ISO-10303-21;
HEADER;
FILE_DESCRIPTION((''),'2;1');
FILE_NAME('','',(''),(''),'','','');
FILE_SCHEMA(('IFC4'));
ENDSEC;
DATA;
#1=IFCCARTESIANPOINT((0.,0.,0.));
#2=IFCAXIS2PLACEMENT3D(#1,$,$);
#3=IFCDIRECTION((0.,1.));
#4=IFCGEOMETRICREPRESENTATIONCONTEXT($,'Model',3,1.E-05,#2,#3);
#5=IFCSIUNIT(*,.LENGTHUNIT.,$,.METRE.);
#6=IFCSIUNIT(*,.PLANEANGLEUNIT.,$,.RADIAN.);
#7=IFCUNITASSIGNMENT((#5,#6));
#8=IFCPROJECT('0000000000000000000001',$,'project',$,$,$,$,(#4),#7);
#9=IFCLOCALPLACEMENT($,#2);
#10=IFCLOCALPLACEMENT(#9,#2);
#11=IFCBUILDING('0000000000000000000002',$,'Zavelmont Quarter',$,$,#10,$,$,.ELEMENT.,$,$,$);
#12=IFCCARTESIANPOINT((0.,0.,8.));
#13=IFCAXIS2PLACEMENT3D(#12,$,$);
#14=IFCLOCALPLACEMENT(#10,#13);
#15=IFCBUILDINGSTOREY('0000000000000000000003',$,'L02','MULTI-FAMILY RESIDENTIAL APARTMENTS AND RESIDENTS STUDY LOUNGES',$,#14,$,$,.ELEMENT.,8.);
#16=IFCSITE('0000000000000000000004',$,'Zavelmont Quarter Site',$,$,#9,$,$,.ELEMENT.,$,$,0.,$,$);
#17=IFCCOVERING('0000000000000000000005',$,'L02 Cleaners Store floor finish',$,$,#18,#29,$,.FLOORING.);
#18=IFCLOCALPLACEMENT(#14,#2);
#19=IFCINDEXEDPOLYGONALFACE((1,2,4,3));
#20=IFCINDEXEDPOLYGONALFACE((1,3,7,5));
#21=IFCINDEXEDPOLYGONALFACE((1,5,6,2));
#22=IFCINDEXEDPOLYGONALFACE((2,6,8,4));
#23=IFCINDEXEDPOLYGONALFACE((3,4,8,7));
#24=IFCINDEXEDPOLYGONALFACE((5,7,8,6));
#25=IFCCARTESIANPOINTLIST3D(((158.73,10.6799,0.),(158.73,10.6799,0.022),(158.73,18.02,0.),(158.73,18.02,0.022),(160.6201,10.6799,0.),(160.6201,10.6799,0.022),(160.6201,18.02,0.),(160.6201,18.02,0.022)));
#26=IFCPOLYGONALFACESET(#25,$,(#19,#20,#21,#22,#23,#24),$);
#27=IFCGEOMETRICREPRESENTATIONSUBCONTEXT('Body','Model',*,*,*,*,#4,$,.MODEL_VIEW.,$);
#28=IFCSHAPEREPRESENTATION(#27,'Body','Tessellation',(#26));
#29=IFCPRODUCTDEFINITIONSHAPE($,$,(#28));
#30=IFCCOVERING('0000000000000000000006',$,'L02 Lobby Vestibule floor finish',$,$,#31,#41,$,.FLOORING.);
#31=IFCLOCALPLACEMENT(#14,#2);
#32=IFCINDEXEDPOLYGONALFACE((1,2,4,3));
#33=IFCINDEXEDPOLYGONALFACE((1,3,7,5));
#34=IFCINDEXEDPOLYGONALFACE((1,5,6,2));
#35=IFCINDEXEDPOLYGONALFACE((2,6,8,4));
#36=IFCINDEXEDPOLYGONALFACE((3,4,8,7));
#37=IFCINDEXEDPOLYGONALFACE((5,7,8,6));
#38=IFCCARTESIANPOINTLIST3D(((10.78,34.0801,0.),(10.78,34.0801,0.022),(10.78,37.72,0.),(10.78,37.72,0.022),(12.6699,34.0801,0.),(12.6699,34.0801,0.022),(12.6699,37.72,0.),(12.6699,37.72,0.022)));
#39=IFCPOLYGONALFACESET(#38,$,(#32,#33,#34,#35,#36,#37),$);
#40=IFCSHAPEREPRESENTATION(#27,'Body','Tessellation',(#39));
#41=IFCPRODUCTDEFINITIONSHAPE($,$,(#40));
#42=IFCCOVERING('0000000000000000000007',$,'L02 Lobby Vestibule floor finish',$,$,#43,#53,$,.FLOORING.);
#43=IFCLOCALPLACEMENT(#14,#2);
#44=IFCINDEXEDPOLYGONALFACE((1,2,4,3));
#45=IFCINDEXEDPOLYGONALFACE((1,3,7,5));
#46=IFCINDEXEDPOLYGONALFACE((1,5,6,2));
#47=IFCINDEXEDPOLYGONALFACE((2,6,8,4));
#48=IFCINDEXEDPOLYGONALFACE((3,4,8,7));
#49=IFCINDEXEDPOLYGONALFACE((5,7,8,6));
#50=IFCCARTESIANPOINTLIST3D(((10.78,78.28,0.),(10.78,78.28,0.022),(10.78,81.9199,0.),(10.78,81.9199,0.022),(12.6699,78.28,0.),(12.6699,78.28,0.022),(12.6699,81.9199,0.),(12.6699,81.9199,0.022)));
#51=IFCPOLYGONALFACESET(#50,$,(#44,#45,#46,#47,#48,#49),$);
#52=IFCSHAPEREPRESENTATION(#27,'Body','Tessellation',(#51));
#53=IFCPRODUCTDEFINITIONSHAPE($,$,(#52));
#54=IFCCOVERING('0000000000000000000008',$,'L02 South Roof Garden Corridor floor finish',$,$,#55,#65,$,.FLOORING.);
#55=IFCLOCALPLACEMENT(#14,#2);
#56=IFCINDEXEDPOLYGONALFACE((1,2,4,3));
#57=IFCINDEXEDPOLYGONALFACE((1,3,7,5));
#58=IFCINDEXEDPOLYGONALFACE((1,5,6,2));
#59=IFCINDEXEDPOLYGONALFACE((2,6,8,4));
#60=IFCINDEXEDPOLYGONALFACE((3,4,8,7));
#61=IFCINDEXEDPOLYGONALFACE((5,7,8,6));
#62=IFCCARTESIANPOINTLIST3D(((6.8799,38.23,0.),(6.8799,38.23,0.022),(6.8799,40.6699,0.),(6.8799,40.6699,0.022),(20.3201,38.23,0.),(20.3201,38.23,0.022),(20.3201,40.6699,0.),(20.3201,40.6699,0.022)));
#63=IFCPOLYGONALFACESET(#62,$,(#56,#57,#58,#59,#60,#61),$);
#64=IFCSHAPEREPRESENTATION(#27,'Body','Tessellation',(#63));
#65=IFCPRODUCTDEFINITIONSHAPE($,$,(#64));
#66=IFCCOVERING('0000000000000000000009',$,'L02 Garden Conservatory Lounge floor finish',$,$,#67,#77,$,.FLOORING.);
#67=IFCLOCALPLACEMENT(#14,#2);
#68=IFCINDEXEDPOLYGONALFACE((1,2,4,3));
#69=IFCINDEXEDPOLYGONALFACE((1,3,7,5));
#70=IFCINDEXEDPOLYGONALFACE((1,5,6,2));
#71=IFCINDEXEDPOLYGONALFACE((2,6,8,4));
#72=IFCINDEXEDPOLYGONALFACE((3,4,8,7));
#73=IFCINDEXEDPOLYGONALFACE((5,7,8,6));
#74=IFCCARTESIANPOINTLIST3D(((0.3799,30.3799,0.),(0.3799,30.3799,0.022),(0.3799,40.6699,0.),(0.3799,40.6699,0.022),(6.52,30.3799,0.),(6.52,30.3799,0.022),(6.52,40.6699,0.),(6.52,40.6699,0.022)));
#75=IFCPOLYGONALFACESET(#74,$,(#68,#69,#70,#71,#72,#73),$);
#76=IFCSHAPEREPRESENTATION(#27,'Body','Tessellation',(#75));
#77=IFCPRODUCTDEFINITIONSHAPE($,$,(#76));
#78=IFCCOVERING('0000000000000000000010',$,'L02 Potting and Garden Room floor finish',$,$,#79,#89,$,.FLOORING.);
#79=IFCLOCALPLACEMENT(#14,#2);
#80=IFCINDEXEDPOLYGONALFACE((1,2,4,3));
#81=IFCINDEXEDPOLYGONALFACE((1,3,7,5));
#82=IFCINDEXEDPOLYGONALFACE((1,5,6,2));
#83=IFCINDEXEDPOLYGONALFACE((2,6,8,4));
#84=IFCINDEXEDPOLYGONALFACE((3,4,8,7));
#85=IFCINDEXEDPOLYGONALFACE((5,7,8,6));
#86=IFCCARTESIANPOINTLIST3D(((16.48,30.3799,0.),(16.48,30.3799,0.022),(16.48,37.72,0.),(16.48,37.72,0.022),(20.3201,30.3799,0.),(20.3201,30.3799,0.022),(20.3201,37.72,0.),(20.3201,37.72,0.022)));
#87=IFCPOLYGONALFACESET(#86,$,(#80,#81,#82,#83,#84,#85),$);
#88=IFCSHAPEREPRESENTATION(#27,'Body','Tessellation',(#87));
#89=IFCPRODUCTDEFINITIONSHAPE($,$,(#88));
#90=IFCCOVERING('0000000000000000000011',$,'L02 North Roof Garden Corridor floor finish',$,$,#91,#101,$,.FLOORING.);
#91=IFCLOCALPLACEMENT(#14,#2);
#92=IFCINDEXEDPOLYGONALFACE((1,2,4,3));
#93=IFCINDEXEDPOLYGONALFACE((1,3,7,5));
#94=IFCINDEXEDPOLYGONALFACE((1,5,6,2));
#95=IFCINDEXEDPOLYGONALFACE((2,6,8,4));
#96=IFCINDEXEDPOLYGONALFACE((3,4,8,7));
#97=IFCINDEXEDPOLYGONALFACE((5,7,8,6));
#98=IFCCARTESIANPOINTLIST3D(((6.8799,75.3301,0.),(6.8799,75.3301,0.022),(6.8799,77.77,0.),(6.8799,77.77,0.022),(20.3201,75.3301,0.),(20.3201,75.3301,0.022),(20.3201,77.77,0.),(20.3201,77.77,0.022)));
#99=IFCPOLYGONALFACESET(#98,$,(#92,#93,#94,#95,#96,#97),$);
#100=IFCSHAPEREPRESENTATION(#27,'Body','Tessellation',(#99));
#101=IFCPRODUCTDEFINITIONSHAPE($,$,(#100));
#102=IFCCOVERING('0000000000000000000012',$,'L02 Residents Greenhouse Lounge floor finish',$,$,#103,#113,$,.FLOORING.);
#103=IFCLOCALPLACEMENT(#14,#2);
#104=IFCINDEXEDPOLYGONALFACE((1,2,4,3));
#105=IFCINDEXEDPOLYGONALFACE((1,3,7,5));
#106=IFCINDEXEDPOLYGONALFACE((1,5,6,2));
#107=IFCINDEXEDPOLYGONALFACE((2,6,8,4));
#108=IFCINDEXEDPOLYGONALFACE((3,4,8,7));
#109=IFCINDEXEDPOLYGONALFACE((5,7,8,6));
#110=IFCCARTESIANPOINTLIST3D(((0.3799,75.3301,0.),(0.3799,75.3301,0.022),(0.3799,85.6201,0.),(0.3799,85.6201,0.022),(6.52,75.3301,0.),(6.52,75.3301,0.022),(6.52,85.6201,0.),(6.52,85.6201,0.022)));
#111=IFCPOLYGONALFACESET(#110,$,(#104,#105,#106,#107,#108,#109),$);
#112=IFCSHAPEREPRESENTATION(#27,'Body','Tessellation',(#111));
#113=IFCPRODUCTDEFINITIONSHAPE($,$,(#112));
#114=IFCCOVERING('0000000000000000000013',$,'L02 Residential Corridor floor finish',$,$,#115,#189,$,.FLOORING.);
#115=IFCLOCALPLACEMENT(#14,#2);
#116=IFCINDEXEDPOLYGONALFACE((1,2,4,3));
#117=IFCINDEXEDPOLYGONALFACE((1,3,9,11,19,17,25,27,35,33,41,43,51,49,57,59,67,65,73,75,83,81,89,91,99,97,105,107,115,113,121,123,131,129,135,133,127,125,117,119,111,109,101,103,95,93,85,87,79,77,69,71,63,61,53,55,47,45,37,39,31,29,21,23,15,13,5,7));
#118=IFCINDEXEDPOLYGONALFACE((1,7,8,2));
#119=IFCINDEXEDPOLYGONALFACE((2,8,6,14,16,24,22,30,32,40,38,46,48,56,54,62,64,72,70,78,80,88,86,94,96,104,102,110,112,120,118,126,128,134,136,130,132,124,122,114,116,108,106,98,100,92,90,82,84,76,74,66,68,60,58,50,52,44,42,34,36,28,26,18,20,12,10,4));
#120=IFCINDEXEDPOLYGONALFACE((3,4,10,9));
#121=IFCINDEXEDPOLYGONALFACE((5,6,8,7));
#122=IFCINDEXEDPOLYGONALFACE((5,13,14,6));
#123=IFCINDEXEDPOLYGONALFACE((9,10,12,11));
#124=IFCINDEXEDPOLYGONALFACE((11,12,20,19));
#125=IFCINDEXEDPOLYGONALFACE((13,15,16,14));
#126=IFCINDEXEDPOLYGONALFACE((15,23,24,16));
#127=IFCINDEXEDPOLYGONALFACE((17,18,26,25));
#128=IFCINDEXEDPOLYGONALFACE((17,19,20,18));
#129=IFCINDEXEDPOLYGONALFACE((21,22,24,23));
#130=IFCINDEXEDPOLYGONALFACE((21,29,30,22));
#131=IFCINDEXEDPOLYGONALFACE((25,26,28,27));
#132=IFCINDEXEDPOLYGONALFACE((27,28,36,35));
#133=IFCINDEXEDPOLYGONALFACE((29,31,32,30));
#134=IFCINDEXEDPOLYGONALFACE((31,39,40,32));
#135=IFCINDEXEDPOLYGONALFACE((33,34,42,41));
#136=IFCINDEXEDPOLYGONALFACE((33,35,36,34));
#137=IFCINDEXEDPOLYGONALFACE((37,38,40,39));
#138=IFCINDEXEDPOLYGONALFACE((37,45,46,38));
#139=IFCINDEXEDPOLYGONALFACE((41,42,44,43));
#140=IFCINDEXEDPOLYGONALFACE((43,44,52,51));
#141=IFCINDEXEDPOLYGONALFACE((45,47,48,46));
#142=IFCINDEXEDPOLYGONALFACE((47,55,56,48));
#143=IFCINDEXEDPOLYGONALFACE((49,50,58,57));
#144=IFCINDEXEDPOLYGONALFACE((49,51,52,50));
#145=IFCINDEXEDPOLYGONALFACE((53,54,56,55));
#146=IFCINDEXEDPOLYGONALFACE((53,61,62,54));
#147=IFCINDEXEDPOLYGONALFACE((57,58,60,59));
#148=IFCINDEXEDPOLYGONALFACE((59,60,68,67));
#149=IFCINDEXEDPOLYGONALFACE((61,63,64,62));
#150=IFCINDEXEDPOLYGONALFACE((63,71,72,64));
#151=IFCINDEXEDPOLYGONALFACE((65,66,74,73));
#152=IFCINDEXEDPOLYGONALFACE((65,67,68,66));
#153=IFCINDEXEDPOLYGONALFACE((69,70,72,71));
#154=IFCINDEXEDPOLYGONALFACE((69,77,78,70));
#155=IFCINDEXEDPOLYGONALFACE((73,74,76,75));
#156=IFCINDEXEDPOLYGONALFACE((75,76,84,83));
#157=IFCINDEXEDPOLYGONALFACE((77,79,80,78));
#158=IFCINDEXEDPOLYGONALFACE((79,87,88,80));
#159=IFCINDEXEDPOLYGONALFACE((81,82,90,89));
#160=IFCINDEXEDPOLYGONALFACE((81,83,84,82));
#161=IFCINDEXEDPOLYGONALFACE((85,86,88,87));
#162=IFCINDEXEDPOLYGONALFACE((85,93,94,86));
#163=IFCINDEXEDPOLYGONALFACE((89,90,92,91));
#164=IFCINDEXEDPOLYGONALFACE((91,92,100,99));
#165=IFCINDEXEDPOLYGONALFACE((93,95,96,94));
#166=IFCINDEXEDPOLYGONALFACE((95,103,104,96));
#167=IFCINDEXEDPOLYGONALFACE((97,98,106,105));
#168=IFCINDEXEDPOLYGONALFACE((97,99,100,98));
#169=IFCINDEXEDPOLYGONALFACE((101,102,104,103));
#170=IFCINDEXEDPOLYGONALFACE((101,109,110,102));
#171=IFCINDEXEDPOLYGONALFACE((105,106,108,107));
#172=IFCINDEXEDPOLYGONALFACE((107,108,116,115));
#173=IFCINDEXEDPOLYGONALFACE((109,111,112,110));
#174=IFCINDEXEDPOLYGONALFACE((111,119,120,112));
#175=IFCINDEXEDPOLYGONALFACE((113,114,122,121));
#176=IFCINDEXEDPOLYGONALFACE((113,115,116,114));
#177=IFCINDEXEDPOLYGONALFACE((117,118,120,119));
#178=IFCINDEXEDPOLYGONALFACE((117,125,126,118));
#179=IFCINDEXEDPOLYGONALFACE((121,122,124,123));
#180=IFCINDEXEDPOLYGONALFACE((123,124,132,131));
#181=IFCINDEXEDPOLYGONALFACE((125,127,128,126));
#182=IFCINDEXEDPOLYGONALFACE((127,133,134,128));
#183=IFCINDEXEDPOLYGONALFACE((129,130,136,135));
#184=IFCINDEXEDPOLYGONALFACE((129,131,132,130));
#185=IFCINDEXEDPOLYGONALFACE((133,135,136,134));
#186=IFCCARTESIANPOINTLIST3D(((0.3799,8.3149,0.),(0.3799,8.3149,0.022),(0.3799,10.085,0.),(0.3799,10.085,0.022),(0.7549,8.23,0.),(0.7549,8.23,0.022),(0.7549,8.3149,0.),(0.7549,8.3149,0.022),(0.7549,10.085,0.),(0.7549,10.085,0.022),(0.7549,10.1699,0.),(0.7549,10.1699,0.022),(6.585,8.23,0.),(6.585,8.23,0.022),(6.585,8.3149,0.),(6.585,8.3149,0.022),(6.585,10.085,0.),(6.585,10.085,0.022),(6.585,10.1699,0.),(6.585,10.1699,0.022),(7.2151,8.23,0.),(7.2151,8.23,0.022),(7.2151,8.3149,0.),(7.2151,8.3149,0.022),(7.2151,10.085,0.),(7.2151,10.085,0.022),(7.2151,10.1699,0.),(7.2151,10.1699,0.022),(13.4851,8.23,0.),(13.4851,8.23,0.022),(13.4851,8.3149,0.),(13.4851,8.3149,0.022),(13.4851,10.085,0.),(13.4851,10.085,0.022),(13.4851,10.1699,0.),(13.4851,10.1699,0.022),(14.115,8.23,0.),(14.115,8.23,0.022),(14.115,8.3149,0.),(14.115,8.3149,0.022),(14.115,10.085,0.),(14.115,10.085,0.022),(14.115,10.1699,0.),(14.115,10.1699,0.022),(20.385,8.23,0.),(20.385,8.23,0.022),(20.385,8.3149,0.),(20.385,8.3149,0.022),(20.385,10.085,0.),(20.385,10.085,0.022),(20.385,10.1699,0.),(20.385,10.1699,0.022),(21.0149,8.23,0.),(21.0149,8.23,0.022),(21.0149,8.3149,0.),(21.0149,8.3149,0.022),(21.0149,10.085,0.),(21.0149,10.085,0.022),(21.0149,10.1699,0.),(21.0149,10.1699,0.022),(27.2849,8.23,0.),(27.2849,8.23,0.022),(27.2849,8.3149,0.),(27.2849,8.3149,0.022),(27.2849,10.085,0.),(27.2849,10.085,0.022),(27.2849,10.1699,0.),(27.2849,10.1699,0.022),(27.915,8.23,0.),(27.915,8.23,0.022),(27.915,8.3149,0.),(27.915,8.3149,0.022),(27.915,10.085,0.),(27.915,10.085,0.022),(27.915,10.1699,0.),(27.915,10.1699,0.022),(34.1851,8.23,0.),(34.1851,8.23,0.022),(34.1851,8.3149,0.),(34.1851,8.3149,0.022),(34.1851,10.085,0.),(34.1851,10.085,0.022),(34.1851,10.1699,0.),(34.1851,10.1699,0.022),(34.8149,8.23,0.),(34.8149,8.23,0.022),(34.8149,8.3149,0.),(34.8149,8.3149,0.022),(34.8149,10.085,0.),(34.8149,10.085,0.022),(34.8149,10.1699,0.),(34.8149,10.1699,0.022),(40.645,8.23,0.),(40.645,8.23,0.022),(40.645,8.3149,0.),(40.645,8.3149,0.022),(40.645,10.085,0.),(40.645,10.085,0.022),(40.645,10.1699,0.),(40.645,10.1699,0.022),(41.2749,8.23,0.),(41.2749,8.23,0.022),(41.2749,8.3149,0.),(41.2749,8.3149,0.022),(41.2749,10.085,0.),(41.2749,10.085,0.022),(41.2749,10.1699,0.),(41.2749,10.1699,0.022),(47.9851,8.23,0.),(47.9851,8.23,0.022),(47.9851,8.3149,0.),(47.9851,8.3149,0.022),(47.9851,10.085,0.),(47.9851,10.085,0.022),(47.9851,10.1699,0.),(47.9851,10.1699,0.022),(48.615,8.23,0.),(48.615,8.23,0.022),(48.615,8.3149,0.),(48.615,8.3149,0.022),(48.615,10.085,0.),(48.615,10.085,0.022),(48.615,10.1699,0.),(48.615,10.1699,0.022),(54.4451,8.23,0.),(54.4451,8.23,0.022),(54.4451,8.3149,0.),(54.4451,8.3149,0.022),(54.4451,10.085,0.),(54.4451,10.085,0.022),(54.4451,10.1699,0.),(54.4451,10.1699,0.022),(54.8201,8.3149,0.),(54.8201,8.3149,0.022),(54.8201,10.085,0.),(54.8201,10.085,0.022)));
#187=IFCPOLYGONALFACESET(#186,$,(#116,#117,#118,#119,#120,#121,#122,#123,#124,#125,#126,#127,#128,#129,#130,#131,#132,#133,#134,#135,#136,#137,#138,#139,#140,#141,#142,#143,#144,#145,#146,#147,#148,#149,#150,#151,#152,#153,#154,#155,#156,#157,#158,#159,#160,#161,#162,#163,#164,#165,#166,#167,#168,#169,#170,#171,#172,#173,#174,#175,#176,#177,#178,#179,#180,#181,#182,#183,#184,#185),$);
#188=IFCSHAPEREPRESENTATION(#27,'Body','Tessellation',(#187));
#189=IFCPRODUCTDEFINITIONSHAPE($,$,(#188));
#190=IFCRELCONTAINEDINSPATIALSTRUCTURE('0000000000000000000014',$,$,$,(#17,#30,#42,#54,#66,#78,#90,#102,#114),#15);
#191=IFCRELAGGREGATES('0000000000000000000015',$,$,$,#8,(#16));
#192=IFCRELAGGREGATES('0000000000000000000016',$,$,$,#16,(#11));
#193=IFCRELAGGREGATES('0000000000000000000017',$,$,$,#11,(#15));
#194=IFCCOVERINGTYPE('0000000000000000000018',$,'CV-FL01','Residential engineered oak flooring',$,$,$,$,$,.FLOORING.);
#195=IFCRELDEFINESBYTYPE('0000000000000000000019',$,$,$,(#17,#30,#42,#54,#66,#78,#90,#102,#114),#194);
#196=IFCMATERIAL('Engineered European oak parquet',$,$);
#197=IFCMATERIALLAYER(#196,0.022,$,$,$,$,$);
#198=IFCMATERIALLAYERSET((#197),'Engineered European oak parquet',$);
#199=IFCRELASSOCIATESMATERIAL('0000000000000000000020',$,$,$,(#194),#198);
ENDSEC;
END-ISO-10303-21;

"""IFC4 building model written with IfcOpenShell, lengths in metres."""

from ifc_helpers import new_model, si_unit, direction, frame, origin, place, context, subcontext, project, spatial, polyline, outline, extrude, material, layer, layer_set, type_object, element, save


model = new_model("IFC4")

# Units and contexts
model_context = context("Model", 3, precision=1e-05, world=origin(), true_north=direction((0.0, 1.0)))
body_context = subcontext(model_context, "Body", "Model", "MODEL_VIEW")
ifc_project = project(units=[si_unit("LENGTHUNIT", "METRE"), si_unit("PLANEANGLEUNIT", "RADIAN")], contexts=[model_context])

# Site, building, storey
site_placement = place(None, origin())
site = spatial("IfcSite", under=ifc_project, at=site_placement, Name="Zavelmont Quarter Site", CompositionType="ELEMENT", RefElevation=0.0)
building_placement = place(site_placement, origin())
building = spatial("IfcBuilding", under=site, at=building_placement, Name="Zavelmont Quarter", CompositionType="ELEMENT")
storey_placement = place(building_placement, frame((0.0, 0.0, 8.0)))
storey = spatial("IfcBuildingStorey", under=building, at=storey_placement, Name="L02", Description="MULTI-FAMILY RESIDENTIAL APARTMENTS AND RESIDENTS STUDY LOUNGES", CompositionType="ELEMENT", Elevation=8.0)

# Coverings
ifc_material_1 = material(Name="Engineered European oak parquet")
ifc_layer_1 = layer(ifc_material_1, 0.022)
ifc_layer_set_1 = layer_set([ifc_layer_1], Name="Engineered European oak parquet")
covering_type_1 = type_object("IfcCoveringType", Name="CV-FL01", Description="Residential engineered oak flooring", PredefinedType="FLOORING", material=ifc_layer_set_1)
covering_1_placement = place(storey_placement, origin())
element("IfcCovering", 1, at=covering_1_placement, inside=storey, type_object=covering_type_1, Name="L02 Cleaners Store floor finish", PredefinedType="FLOORING", context=body_context, shape_type="SweptSolid", body=[
    extrude(outline(polyline([(158.73, 18.02), (160.6201, 18.02), (160.6201, 10.6799), (158.73, 10.6799), (158.73, 18.02)])), origin(), (0.0, 0.0, 1.0), 0.022),
])
covering_2_placement = place(storey_placement, origin())
element("IfcCovering", 2, at=covering_2_placement, inside=storey, type_object=covering_type_1, Name="L02 Lobby Vestibule floor finish", PredefinedType="FLOORING", context=body_context, shape_type="SweptSolid", body=[
    extrude(outline(polyline([(10.78, 37.72), (12.6699, 37.72), (12.6699, 34.0801), (10.78, 34.0801), (10.78, 37.72)])), origin(), (0.0, 0.0, 1.0), 0.022),
])
covering_3_placement = place(storey_placement, origin())
element("IfcCovering", 3, at=covering_3_placement, inside=storey, type_object=covering_type_1, Name="L02 Lobby Vestibule floor finish", PredefinedType="FLOORING", context=body_context, shape_type="SweptSolid", body=[
    extrude(outline(polyline([(10.78, 81.9199), (12.6699, 81.9199), (12.6699, 78.28), (10.78, 78.28), (10.78, 81.9199)])), origin(), (0.0, 0.0, 1.0), 0.022),
])
covering_4_placement = place(storey_placement, origin())
element("IfcCovering", 4, at=covering_4_placement, inside=storey, type_object=covering_type_1, Name="L02 South Roof Garden Corridor floor finish", PredefinedType="FLOORING", context=body_context, shape_type="SweptSolid", body=[
    extrude(outline(polyline([(6.8799, 40.6699), (20.3201, 40.6699), (20.3201, 38.23), (6.8799, 38.23), (6.8799, 40.6699)])), origin(), (0.0, 0.0, 1.0), 0.022),
])
covering_5_placement = place(storey_placement, origin())
element("IfcCovering", 5, at=covering_5_placement, inside=storey, type_object=covering_type_1, Name="L02 Garden Conservatory Lounge floor finish", PredefinedType="FLOORING", context=body_context, shape_type="SweptSolid", body=[
    extrude(outline(polyline([(0.3799, 40.6699), (6.52, 40.6699), (6.52, 30.3799), (0.3799, 30.3799), (0.3799, 40.6699)])), origin(), (0.0, 0.0, 1.0), 0.022),
])
covering_6_placement = place(storey_placement, origin())
element("IfcCovering", 6, at=covering_6_placement, inside=storey, type_object=covering_type_1, Name="L02 Potting and Garden Room floor finish", PredefinedType="FLOORING", context=body_context, shape_type="SweptSolid", body=[
    extrude(outline(polyline([(16.48, 37.72), (20.3201, 37.72), (20.3201, 30.3799), (16.48, 30.3799), (16.48, 37.72)])), origin(), (0.0, 0.0, 1.0), 0.022),
])
covering_7_placement = place(storey_placement, origin())
element("IfcCovering", 7, at=covering_7_placement, inside=storey, type_object=covering_type_1, Name="L02 North Roof Garden Corridor floor finish", PredefinedType="FLOORING", context=body_context, shape_type="SweptSolid", body=[
    extrude(outline(polyline([(6.8799, 77.77), (20.3201, 77.77), (20.3201, 75.3301), (6.8799, 75.3301), (6.8799, 77.77)])), origin(), (0.0, 0.0, 1.0), 0.022),
])
covering_8_placement = place(storey_placement, origin())
element("IfcCovering", 8, at=covering_8_placement, inside=storey, type_object=covering_type_1, Name="L02 Residents Greenhouse Lounge floor finish", PredefinedType="FLOORING", context=body_context, shape_type="SweptSolid", body=[
    extrude(outline(polyline([(0.3799, 85.6201), (6.52, 85.6201), (6.52, 75.3301), (0.3799, 75.3301), (0.3799, 85.6201)])), origin(), (0.0, 0.0, 1.0), 0.022),
])
covering_9_placement = place(storey_placement, origin())
element("IfcCovering", 9, at=covering_9_placement, inside=storey, type_object=covering_type_1, Name="L02 Residential Corridor floor finish", PredefinedType="FLOORING", context=body_context, shape_type="SweptSolid", body=[
    extrude(outline(polyline([(0.3799, 10.085), (0.7549, 10.085), (0.7549, 10.1699), (6.585, 10.1699), (6.585, 10.085), (7.2151, 10.085), (7.2151, 10.1699), (13.4851, 10.1699), (13.4851, 10.085), (14.115, 10.085), (14.115, 10.1699), (20.385, 10.1699), (20.385, 10.085), (21.0149, 10.085), (21.0149, 10.1699), (27.2849, 10.1699), (27.2849, 10.085), (27.915, 10.085), (27.915, 10.1699), (34.1851, 10.1699), (34.1851, 10.085), (34.8149, 10.085), (34.8149, 10.1699), (40.645, 10.1699), (40.645, 10.085), (41.2749, 10.085), (41.2749, 10.1699), (47.9851, 10.1699), (47.9851, 10.085), (48.615, 10.085), (48.615, 10.1699), (54.4451, 10.1699), (54.4451, 10.085), (54.8201, 10.085), (54.8201, 8.3149), (54.4451, 8.3149), (54.4451, 8.23), (48.615, 8.23), (48.615, 8.3149), (47.9851, 8.3149), (47.9851, 8.23), (41.2749, 8.23), (41.2749, 8.3149), (40.645, 8.3149), (40.645, 8.23), (34.8149, 8.23), (34.8149, 8.3149), (34.1851, 8.3149), (34.1851, 8.23), (27.915, 8.23), (27.915, 8.3149), (27.2849, 8.3149), (27.2849, 8.23), (21.0149, 8.23), (21.0149, 8.3149), (20.385, 8.3149), (20.385, 8.23), (14.115, 8.23), (14.115, 8.3149), (13.4851, 8.3149), (13.4851, 8.23), (7.2151, 8.23), (7.2151, 8.3149), (6.585, 8.3149), (6.585, 8.23), (0.7549, 8.23), (0.7549, 8.3149), (0.3799, 8.3149), (0.3799, 10.085)])), origin(), (0.0, 0.0, 1.0), 0.022),
])

save(model, "model.ifc")
